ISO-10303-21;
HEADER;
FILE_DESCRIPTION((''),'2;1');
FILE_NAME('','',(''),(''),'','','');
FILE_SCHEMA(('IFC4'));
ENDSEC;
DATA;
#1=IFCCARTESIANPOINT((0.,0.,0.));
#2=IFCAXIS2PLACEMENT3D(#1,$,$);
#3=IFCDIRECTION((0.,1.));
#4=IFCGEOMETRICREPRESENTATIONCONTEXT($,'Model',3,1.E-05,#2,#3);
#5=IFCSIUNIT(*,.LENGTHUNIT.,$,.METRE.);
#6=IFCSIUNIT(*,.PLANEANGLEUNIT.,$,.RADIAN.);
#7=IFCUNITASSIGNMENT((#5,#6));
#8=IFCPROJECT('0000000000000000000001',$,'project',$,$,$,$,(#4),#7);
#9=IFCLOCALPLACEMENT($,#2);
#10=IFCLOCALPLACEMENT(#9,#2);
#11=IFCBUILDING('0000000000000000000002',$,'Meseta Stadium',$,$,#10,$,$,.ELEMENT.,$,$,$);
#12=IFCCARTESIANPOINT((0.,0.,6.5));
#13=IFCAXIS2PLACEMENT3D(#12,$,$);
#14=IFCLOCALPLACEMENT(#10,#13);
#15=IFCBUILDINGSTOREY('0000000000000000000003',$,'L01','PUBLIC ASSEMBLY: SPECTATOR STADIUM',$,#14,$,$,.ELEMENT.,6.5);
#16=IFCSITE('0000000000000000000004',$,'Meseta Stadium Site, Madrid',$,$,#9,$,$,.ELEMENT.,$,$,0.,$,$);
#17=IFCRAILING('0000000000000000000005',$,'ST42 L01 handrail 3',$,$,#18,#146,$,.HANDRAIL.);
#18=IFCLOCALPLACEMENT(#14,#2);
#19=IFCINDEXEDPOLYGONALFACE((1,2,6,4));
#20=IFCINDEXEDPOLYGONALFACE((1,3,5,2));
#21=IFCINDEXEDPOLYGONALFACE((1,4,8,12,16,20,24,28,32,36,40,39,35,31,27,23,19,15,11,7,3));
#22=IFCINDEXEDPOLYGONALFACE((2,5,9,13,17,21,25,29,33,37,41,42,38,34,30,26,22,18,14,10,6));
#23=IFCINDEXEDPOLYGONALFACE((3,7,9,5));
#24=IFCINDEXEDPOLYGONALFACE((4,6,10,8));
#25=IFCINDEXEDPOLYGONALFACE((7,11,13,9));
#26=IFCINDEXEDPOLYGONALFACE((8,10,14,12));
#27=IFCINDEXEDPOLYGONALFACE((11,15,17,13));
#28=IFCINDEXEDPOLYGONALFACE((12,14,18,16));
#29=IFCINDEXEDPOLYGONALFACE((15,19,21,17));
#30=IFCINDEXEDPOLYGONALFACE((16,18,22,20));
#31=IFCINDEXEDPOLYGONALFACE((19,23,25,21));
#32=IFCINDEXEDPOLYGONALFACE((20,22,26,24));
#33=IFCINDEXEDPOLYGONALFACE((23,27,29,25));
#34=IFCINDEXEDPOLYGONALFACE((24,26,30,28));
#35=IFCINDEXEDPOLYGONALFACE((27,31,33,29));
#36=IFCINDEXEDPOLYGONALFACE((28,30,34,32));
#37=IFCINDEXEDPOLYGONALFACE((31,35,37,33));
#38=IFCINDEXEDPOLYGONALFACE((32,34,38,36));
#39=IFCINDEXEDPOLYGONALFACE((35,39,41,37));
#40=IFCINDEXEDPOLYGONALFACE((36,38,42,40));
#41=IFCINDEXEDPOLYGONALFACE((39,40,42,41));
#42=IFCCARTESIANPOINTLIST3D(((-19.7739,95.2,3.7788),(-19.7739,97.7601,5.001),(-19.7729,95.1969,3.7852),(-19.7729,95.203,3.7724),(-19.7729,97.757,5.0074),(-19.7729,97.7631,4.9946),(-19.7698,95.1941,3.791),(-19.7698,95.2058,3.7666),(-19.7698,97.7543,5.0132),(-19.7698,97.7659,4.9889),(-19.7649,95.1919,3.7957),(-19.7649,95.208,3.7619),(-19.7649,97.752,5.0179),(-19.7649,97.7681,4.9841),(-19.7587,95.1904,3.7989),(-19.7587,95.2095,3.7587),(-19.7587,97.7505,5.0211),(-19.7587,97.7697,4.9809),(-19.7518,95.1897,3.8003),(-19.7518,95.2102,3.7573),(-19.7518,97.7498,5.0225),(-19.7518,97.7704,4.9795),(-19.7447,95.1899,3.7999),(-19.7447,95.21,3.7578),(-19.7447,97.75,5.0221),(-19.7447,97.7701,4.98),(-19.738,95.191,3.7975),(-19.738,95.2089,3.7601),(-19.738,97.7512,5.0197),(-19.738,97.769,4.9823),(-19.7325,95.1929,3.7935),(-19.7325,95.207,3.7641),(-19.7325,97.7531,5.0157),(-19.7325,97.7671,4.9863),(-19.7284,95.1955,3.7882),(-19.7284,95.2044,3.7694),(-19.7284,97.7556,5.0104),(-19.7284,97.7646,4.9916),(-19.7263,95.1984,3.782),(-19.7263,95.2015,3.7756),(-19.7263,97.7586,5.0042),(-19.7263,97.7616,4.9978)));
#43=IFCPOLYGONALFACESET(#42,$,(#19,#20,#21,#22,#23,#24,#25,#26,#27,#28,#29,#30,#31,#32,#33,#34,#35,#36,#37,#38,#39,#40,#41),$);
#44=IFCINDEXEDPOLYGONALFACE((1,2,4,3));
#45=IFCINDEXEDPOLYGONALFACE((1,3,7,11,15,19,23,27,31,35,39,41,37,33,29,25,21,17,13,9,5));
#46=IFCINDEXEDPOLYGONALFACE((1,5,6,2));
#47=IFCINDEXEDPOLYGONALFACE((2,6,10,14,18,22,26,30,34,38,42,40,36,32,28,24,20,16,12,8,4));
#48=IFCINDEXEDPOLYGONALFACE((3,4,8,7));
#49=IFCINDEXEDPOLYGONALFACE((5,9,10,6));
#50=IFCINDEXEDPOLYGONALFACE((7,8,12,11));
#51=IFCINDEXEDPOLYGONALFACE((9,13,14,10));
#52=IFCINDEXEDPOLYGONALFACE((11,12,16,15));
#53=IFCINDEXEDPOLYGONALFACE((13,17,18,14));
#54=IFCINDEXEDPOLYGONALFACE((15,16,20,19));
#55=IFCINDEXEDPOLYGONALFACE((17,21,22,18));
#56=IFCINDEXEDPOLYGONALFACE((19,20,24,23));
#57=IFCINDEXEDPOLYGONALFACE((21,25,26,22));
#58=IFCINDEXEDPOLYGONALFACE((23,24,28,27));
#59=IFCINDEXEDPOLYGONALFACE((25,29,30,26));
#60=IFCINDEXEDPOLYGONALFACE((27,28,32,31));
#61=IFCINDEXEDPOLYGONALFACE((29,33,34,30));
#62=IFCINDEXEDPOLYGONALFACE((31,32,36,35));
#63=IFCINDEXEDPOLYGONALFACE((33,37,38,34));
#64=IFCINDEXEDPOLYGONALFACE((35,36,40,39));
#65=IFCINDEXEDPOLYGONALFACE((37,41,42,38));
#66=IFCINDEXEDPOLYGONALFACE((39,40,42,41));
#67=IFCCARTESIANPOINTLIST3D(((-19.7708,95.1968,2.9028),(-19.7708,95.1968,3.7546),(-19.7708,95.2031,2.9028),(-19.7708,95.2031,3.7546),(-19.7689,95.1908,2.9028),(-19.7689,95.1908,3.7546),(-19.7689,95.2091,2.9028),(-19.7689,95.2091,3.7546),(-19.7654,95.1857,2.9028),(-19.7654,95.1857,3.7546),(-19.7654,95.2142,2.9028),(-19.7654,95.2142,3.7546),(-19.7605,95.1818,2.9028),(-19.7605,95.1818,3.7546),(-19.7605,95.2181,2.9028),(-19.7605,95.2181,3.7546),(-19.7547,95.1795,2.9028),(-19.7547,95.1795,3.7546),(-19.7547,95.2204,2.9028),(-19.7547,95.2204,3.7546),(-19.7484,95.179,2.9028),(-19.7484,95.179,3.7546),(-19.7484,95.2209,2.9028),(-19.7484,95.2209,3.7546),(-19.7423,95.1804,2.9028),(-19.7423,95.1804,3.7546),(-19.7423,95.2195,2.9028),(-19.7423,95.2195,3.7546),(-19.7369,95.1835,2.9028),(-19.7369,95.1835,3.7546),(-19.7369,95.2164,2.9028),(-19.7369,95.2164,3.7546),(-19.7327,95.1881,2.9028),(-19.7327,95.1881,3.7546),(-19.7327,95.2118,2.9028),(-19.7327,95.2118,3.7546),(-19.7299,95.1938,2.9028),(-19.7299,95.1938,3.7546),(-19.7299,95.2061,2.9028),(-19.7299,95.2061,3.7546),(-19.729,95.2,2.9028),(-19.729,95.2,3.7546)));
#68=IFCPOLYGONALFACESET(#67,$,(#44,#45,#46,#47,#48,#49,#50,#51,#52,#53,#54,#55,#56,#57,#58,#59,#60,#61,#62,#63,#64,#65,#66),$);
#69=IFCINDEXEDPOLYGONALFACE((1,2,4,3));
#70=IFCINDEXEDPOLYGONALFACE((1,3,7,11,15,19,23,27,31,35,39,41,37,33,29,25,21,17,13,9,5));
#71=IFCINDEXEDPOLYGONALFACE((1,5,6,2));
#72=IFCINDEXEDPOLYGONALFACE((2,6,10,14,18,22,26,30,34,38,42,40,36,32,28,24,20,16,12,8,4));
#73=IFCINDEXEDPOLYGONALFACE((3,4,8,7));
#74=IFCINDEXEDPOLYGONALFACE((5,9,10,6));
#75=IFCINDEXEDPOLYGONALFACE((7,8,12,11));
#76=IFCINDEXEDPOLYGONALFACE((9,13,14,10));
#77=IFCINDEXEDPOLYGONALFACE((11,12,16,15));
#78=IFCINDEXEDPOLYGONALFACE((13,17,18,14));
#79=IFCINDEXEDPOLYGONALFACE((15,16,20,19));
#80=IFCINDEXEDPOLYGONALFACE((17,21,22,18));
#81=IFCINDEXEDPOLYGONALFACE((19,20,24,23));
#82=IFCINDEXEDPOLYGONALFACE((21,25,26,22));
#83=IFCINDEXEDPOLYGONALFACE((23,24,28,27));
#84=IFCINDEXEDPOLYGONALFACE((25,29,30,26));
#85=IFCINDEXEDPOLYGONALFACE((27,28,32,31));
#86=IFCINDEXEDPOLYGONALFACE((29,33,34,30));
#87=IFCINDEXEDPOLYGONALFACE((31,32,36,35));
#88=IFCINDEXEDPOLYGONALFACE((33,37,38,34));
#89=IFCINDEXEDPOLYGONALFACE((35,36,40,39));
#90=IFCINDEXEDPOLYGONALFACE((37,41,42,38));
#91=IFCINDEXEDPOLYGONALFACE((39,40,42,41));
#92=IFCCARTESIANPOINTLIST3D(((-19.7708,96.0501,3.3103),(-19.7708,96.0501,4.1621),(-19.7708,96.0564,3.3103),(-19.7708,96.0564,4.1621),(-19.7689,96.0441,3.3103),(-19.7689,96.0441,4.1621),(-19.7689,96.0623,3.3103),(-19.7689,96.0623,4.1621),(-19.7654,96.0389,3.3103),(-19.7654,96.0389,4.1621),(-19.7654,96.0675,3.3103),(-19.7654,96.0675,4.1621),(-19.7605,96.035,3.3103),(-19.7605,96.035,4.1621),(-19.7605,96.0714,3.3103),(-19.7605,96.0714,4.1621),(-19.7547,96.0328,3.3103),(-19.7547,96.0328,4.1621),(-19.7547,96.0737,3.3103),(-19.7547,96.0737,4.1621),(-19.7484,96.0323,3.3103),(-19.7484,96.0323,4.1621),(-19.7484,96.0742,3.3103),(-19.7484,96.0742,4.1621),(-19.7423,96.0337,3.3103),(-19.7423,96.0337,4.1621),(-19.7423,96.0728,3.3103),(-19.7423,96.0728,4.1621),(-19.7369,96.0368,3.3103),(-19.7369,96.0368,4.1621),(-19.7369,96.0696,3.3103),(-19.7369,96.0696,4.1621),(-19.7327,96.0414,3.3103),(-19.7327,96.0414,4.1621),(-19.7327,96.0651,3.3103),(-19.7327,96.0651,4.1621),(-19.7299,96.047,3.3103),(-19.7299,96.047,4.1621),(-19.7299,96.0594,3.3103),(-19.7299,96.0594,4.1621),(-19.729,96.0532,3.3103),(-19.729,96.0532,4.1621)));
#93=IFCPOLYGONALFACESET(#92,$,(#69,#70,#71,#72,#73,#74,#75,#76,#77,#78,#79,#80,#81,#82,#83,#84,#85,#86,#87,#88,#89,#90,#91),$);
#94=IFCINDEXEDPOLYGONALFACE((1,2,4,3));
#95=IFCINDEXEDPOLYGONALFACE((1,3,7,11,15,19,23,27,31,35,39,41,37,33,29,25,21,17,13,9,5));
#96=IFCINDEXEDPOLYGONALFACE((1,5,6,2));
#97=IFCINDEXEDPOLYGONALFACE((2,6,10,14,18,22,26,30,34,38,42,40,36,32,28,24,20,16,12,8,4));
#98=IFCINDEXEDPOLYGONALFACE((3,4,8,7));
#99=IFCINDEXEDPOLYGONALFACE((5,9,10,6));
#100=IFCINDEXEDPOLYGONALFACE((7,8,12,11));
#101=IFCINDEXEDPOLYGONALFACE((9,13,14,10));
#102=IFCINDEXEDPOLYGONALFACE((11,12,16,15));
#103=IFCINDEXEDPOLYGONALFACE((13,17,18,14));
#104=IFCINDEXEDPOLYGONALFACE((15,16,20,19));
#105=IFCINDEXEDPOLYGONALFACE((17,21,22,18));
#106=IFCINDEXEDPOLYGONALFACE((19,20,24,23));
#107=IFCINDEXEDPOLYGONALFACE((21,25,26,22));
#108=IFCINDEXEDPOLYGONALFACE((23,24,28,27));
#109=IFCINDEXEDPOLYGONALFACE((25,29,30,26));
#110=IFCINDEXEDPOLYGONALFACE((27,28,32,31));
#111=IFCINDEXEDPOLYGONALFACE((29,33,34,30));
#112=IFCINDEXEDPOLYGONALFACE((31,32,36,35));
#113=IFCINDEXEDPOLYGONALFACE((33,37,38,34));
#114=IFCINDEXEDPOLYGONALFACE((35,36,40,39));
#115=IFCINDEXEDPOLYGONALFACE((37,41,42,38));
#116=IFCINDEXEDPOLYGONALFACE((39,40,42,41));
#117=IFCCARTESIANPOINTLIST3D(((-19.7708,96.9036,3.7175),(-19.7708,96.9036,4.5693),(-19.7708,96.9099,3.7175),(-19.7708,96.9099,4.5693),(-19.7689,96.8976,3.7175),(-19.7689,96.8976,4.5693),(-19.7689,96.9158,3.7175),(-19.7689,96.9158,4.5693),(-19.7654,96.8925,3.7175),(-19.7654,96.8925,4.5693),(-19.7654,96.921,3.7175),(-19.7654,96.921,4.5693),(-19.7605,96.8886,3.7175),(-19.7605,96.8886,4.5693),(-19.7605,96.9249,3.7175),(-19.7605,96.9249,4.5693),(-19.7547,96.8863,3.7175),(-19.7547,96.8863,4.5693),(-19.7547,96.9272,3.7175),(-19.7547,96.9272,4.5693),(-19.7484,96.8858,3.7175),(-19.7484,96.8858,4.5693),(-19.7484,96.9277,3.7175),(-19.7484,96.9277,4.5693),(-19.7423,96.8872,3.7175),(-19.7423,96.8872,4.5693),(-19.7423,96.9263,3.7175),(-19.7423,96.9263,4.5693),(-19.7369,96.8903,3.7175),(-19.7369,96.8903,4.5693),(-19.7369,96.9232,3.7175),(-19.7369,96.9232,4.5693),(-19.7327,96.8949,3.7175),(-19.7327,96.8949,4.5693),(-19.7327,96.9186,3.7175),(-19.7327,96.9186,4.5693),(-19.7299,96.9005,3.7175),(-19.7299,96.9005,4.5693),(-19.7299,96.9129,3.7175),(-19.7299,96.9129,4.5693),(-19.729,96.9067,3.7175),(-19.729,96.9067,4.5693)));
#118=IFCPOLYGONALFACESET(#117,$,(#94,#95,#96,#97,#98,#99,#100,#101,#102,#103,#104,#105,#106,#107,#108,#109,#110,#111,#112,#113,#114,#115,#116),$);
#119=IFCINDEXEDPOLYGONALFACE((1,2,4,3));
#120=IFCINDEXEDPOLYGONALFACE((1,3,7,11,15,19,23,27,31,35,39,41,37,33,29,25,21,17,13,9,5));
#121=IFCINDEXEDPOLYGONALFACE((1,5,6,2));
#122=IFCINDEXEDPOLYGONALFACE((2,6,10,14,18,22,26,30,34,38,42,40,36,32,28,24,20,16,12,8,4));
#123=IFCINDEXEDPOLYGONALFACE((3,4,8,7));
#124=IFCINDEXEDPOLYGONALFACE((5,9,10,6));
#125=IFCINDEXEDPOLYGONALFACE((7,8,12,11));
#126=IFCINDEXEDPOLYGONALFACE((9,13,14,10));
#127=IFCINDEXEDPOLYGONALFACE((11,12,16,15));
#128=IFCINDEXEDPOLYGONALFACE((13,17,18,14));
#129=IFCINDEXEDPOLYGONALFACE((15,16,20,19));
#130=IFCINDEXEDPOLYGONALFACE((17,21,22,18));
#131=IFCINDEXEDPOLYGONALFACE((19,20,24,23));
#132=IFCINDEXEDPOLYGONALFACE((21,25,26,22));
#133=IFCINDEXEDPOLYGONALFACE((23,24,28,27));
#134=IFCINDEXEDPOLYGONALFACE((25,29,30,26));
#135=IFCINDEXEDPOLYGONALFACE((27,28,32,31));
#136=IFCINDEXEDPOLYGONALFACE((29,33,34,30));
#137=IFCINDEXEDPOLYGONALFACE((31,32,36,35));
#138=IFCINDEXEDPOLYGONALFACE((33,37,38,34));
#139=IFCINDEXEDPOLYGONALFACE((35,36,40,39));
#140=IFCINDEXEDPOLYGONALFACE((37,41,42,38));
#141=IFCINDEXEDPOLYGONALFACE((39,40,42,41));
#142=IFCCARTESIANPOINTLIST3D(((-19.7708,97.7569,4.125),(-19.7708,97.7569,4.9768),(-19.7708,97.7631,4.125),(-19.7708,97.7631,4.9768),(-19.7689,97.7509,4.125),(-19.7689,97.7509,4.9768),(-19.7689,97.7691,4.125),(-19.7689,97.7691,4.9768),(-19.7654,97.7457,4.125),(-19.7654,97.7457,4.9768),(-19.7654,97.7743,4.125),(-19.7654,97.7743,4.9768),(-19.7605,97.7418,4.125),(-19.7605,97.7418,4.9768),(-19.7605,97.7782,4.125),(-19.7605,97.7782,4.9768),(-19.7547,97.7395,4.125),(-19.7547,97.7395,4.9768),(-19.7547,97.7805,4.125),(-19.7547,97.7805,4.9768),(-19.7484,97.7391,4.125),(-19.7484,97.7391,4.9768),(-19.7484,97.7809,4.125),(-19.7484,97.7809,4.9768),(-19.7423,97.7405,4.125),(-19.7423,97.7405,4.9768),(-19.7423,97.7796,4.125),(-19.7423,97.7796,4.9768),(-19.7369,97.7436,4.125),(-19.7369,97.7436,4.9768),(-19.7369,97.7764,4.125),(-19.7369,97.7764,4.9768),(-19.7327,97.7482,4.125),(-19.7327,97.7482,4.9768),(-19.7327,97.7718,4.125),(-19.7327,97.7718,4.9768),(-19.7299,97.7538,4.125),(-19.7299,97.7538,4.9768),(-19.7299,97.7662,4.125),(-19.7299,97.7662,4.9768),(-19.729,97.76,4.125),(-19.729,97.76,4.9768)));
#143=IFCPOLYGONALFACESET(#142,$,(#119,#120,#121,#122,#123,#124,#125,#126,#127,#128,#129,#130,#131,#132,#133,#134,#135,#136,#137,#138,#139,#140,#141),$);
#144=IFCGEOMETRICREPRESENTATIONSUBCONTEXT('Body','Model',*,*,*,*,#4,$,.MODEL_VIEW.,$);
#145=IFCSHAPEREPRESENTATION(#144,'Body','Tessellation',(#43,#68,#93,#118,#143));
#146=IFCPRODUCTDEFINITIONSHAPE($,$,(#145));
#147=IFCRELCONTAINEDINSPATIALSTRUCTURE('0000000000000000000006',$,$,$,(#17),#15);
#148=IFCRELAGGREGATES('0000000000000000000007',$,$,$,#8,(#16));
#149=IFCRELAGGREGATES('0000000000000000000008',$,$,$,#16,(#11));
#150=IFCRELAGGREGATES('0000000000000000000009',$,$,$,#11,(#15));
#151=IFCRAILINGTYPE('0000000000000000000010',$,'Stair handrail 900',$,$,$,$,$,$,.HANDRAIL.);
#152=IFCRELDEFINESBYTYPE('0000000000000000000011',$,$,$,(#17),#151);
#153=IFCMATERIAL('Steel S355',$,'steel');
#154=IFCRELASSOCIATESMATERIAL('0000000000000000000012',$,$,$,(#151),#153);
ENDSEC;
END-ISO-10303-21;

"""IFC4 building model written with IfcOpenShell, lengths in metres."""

from ifc_helpers import new_model, si_unit, direction, frame, origin, origin_2d, place, context, subcontext, project, spatial, circle, extrude, material, type_object, element, save


model = new_model("IFC4")

# Units and contexts
model_context = context("Model", 3, precision=1e-05, world=origin(), true_north=direction((0.0, 1.0)))
body_context = subcontext(model_context, "Body", "Model", "MODEL_VIEW")
ifc_project = project(units=[si_unit("LENGTHUNIT", "METRE"), si_unit("PLANEANGLEUNIT", "RADIAN")], contexts=[model_context])

# Site, building, storey
site_placement = place(None, origin())
site = spatial("IfcSite", under=ifc_project, at=site_placement, Name="Meseta Stadium Site, Madrid", CompositionType="ELEMENT", RefElevation=0.0)
building_placement = place(site_placement, origin())
building = spatial("IfcBuilding", under=site, at=building_placement, Name="Meseta Stadium", CompositionType="ELEMENT")
storey_placement = place(building_placement, frame((0.0, 0.0, 6.5)))
storey = spatial("IfcBuildingStorey", under=building, at=storey_placement, Name="L01", Description="PUBLIC ASSEMBLY: SPECTATOR STADIUM", CompositionType="ELEMENT", Elevation=6.5)

# Railing
ifc_material_1 = material(Name="Steel S355", Category="steel")
railing_type_1 = type_object("IfcRailingType", Name="Stair handrail 900", PredefinedType="HANDRAIL", material=ifc_material_1)
for number, where, name in (
    (1, (-19.75, 95.2, 2.9028), "ST42 L01 handrail 3"),
):
    element("IfcRailing", number, at=place(storey_placement, frame(where)), inside=storey, type_object=railing_type_1, Name=name, PredefinedType="HANDRAIL", context=body_context, shape_type="SweptSolid", body=[
        extrude(circle(Radius=0.0239, at=origin_2d()), frame((0.0, 0.0, 0.876), z_axis=(0.0, 0.902437, 0.430822), x_axis=(-1.0, 0.0, 0.0)), (0.0, 0.0, 1.0), 2.8369),
        extrude(circle(Radius=0.021, at=origin_2d()), origin(), (0.0, 0.0, 1.0), 0.8518),
        extrude(circle(Radius=0.021, at=origin_2d()), frame((0.0, 0.8533, 0.4075)), (0.0, 0.0, 1.0), 0.8518),
        extrude(circle(Radius=0.021, at=origin_2d()), frame((0.0, 1.7068, 0.8147)), (0.0, 0.0, 1.0), 0.8518),
        extrude(circle(Radius=0.021, at=origin_2d()), frame((0.0, 2.5601, 1.2222)), (0.0, 0.0, 1.0), 0.8518),
    ])

save(model, "model.ifc")
